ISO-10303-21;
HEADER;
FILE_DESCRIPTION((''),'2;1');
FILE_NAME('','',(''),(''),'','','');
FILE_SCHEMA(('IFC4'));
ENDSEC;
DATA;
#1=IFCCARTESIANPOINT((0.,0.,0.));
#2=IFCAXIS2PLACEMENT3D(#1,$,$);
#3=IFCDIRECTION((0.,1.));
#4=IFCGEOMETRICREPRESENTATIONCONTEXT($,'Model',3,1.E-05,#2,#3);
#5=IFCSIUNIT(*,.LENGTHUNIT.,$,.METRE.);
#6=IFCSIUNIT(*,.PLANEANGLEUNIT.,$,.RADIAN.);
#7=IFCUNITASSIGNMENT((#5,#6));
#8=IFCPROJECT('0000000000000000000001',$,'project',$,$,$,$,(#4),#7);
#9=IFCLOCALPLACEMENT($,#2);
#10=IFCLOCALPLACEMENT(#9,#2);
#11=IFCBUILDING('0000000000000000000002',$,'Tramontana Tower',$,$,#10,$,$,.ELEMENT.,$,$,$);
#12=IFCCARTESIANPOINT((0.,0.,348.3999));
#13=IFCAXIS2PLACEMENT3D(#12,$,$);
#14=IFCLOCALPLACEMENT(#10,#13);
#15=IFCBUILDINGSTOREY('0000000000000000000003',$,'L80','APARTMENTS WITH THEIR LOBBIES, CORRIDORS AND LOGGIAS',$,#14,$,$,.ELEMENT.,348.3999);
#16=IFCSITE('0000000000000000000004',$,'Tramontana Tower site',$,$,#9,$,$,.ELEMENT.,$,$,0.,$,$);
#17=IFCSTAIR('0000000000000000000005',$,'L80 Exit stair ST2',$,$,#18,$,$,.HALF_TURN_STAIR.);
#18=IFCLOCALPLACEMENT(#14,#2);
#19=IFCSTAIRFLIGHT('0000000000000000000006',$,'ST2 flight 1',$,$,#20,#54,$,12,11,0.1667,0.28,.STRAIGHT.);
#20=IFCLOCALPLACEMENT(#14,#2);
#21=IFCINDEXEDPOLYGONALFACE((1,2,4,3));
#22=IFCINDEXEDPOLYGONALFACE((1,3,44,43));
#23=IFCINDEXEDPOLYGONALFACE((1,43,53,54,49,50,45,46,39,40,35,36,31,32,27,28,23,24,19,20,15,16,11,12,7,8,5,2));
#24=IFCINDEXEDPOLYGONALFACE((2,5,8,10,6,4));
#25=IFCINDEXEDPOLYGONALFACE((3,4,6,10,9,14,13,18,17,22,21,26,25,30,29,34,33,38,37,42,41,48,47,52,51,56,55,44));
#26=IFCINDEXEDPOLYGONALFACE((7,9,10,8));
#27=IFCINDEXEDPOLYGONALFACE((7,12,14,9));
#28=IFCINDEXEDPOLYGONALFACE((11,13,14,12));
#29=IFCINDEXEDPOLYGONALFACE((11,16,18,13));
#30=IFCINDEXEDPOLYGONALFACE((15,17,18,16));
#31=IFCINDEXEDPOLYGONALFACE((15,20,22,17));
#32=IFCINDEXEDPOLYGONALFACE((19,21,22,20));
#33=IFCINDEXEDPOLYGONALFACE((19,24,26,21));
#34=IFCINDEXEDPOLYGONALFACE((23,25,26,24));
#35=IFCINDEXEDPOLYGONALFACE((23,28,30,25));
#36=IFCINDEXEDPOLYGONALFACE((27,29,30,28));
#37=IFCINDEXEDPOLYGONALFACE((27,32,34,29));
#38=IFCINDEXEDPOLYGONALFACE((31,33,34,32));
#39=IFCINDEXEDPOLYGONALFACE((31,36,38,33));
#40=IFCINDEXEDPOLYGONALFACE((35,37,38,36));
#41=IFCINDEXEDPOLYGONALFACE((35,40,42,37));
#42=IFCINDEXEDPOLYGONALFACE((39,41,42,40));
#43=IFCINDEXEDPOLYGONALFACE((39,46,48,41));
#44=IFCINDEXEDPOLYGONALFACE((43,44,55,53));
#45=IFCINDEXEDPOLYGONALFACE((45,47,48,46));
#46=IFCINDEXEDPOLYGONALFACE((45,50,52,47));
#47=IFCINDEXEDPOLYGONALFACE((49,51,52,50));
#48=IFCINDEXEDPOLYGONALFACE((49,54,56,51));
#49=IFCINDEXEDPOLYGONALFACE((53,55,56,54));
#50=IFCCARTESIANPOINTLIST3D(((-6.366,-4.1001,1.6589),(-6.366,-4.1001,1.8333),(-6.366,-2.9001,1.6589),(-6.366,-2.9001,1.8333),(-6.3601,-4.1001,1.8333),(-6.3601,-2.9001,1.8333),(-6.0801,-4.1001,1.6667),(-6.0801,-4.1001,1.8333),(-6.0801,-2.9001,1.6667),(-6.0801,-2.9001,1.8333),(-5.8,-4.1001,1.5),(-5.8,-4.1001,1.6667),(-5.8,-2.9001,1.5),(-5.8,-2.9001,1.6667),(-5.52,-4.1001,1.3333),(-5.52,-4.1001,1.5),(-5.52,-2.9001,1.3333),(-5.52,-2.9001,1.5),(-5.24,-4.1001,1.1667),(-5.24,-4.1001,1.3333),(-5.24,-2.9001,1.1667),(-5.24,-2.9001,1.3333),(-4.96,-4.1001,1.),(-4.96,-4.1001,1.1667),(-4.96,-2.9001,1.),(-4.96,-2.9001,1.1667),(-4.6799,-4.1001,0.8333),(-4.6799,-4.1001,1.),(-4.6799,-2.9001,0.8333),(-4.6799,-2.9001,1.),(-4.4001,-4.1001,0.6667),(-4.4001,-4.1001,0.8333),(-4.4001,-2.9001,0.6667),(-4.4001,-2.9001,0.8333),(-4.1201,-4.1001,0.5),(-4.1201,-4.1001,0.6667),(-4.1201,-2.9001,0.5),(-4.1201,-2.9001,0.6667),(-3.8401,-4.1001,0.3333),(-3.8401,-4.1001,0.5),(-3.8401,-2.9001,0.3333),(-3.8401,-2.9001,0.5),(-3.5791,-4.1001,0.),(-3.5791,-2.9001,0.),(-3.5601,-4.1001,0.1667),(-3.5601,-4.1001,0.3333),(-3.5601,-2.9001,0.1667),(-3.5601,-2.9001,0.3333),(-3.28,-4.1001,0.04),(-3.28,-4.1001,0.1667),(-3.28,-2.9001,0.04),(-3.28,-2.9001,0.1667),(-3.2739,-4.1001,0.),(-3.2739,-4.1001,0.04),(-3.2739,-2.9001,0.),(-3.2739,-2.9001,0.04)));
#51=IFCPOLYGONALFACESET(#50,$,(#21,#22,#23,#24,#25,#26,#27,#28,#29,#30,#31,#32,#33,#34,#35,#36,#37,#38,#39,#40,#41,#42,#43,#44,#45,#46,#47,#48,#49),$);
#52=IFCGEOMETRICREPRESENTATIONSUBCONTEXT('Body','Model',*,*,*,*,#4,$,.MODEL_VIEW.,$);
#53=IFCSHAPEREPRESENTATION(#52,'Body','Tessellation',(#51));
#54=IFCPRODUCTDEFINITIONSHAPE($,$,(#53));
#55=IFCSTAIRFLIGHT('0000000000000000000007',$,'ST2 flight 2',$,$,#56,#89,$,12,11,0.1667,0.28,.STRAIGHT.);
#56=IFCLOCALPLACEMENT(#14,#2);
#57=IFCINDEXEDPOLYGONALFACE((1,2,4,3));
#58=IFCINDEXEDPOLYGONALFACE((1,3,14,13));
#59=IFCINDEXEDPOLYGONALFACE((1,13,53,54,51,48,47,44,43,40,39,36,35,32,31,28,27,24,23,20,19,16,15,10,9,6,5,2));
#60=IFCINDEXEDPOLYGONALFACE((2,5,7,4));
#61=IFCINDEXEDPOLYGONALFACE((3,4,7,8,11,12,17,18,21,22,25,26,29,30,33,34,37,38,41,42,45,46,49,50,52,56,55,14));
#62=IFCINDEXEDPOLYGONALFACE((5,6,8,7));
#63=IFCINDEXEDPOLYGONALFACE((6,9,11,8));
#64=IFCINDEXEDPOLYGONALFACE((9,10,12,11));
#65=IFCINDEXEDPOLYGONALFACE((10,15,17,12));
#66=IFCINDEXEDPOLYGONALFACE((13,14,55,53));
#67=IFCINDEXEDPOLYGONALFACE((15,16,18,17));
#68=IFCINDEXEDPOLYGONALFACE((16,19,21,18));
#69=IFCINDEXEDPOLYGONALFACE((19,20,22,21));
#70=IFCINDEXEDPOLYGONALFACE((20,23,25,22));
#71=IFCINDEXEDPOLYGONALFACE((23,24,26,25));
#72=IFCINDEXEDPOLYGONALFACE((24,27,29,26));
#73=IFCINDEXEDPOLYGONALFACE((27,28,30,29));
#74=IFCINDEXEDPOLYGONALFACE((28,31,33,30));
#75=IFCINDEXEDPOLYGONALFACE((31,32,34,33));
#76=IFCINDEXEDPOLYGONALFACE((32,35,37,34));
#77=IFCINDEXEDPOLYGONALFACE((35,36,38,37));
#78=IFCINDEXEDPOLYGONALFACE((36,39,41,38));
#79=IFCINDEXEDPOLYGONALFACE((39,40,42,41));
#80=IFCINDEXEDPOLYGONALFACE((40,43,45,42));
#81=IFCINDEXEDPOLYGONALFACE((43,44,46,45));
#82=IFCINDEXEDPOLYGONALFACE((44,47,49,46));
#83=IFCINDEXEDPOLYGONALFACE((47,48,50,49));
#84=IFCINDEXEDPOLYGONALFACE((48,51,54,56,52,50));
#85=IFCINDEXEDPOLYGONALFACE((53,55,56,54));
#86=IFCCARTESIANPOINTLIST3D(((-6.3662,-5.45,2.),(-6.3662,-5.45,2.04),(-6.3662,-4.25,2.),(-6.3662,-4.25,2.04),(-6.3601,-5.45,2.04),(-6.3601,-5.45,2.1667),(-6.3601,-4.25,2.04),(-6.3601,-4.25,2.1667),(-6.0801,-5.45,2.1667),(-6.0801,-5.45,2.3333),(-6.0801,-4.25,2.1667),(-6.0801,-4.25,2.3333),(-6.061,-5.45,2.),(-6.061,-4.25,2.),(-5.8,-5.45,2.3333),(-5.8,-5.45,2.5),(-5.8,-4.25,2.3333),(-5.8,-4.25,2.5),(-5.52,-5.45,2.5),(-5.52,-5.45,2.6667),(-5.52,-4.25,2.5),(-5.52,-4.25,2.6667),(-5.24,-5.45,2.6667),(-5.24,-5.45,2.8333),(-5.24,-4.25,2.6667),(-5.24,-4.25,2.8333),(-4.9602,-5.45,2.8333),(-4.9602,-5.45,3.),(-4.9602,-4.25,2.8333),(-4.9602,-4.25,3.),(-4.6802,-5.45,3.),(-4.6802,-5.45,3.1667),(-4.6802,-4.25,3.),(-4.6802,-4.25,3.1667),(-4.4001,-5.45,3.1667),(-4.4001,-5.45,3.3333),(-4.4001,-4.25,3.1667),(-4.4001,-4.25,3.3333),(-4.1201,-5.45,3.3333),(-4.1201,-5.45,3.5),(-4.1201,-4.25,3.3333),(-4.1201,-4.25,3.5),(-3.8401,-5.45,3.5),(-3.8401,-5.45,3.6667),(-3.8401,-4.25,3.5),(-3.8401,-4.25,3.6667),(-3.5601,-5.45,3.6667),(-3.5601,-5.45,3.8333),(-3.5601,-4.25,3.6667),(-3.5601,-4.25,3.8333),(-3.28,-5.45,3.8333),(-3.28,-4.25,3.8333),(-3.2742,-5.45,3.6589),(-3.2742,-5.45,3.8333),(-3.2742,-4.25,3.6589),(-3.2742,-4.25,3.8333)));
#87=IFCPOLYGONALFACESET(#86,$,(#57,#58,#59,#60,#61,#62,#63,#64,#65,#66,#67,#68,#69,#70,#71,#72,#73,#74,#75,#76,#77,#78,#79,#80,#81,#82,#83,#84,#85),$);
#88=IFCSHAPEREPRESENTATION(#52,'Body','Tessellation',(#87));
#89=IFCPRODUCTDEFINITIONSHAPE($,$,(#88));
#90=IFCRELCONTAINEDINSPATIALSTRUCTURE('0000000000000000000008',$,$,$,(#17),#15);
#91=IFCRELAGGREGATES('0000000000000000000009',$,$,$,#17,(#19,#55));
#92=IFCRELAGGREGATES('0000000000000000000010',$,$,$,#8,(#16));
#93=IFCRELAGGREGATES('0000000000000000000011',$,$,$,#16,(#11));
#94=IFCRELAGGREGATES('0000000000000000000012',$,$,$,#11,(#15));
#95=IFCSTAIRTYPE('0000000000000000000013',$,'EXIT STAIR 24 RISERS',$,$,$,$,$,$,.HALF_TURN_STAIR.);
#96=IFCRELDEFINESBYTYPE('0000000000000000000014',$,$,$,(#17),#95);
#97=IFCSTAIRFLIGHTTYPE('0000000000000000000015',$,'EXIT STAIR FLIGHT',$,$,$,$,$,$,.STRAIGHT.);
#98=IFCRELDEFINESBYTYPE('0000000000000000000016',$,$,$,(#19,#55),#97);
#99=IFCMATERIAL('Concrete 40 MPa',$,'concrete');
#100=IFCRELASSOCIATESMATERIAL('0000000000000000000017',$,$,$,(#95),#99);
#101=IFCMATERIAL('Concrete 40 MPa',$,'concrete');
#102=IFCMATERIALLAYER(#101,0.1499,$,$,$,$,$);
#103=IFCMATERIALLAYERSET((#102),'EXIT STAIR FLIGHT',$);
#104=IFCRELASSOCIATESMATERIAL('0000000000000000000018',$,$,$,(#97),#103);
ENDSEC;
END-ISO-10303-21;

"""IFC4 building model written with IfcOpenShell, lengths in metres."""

from ifc_helpers import new_model, si_unit, direction, frame, origin, place, context, subcontext, project, spatial, polyline, outline, extrude, material, layer, layer_set, type_object, element, aggregate, save


model = new_model("IFC4")

# Units and contexts
model_context = context("Model", 3, precision=1e-05, world=origin(), true_north=direction((0.0, 1.0)))
body_context = subcontext(model_context, "Body", "Model", "MODEL_VIEW")
ifc_project = project(units=[si_unit("LENGTHUNIT", "METRE"), si_unit("PLANEANGLEUNIT", "RADIAN")], contexts=[model_context])

# Site, building, storey
site_placement = place(None, origin())
site = spatial("IfcSite", under=ifc_project, at=site_placement, Name="Tramontana Tower site", CompositionType="ELEMENT", RefElevation=0.0)
building_placement = place(site_placement, origin())
building = spatial("IfcBuilding", under=site, at=building_placement, Name="Tramontana Tower", CompositionType="ELEMENT")
storey_placement = place(building_placement, frame((0.0, 0.0, 348.3999)))
storey = spatial("IfcBuildingStorey", under=building, at=storey_placement, Name="L80", Description="APARTMENTS WITH THEIR LOBBIES, CORRIDORS AND LOGGIAS", CompositionType="ELEMENT", Elevation=348.3999)

# Stair, stair flights
ifc_material_1 = material(Name="Concrete 40 MPa", Category="concrete")
stair_type = type_object("IfcStairType", Name="EXIT STAIR 24 RISERS", PredefinedType="HALF_TURN_STAIR", material=ifc_material_1)
stair_placement = place(storey_placement, origin())
stair = element("IfcStair", 1, at=stair_placement, inside=storey, type_object=stair_type, Name="L80 Exit stair ST2", PredefinedType="HALF_TURN_STAIR")
ifc_material_2 = material(Name="Concrete 40 MPa", Category="concrete")
ifc_layer_1 = layer(ifc_material_2, 0.1499)
ifc_layer_set_1 = layer_set([ifc_layer_1], Name="EXIT STAIR FLIGHT")
stair_flight_type = type_object("IfcStairFlightType", Name="EXIT STAIR FLIGHT", PredefinedType="STRAIGHT", material=ifc_layer_set_1)
stair_flight_1_placement = place(storey_placement, frame((-3.28, -3.5, 0.0), z_axis=(0.0, 0.0, 1.0), x_axis=(-1.0, 0.0, 0.0)))
stair_flight_1 = element("IfcStairFlight", 2, at=stair_flight_1_placement, type_object=stair_flight_type, Name="ST2 flight 1", NumberOfRisers=12, NumberOfTreads=11, PredefinedType="STRAIGHT", RiserHeight=0.1667, TreadLength=0.28, context=body_context, shape_type="SweptSolid", body=[
    extrude(outline(polyline([(-0.0061, 0.0), (-0.0061, 0.04), (0.0, 0.04), (0.0, 0.1667), (0.28, 0.1667), (0.28, 0.3333), (0.5601, 0.3333), (0.5601, 0.5), (0.8401, 0.5), (0.8401, 0.6667), (1.1201, 0.6667), (1.1201, 0.8333), (1.3999, 0.8333), (1.3999, 1.0), (1.6799, 1.0), (1.6799, 1.1667), (1.96, 1.1667), (1.96, 1.3333), (2.24, 1.3333), (2.24, 1.5), (2.52, 1.5), (2.52, 1.6667), (2.8, 1.6667), (2.8, 1.8333), (3.0801, 1.8333), (3.0859, 1.8333), (3.0859, 1.6589), (0.2991, 0.0), (-0.0061, 0.0)])), frame((0.0, 0.6001, 0.0), z_axis=(0.0, -1.0, 0.0), x_axis=(1.0, 0.0, 0.0)), (0.0, 0.0, 1.0), 1.2),
])
stair_flight_2_placement = place(storey_placement, frame((-6.3601, -4.8501, 2.0), z_axis=(0.0, 0.0, 1.0), x_axis=(1.0, 0.0, 0.0)))
stair_flight_2 = element("IfcStairFlight", 3, at=stair_flight_2_placement, type_object=stair_flight_type, Name="ST2 flight 2", NumberOfRisers=12, NumberOfTreads=11, PredefinedType="STRAIGHT", RiserHeight=0.1667, TreadLength=0.28, context=body_context, shape_type="SweptSolid", body=[
    extrude(outline(polyline([(-0.0061, 0.0), (-0.0061, 0.04), (0.0, 0.04), (0.0, 0.1667), (0.28, 0.1667), (0.28, 0.3333), (0.5601, 0.3333), (0.5601, 0.5), (0.8401, 0.5), (0.8401, 0.6667), (1.1201, 0.6667), (1.1201, 0.8333), (1.3999, 0.8333), (1.3999, 1.0), (1.6799, 1.0), (1.6799, 1.1667), (1.96, 1.1667), (1.96, 1.3333), (2.24, 1.3333), (2.24, 1.5), (2.52, 1.5), (2.52, 1.6667), (2.8, 1.6667), (2.8, 1.8333), (3.0801, 1.8333), (3.0859, 1.8333), (3.0859, 1.6589), (0.2991, 0.0), (-0.0061, 0.0)])), frame((0.0, 0.6001, 0.0), z_axis=(0.0, -1.0, 0.0), x_axis=(1.0, 0.0, 0.0)), (0.0, 0.0, 1.0), 1.2),
])
aggregate(stair, [stair_flight_1, stair_flight_2])

save(model, "model.ifc")
